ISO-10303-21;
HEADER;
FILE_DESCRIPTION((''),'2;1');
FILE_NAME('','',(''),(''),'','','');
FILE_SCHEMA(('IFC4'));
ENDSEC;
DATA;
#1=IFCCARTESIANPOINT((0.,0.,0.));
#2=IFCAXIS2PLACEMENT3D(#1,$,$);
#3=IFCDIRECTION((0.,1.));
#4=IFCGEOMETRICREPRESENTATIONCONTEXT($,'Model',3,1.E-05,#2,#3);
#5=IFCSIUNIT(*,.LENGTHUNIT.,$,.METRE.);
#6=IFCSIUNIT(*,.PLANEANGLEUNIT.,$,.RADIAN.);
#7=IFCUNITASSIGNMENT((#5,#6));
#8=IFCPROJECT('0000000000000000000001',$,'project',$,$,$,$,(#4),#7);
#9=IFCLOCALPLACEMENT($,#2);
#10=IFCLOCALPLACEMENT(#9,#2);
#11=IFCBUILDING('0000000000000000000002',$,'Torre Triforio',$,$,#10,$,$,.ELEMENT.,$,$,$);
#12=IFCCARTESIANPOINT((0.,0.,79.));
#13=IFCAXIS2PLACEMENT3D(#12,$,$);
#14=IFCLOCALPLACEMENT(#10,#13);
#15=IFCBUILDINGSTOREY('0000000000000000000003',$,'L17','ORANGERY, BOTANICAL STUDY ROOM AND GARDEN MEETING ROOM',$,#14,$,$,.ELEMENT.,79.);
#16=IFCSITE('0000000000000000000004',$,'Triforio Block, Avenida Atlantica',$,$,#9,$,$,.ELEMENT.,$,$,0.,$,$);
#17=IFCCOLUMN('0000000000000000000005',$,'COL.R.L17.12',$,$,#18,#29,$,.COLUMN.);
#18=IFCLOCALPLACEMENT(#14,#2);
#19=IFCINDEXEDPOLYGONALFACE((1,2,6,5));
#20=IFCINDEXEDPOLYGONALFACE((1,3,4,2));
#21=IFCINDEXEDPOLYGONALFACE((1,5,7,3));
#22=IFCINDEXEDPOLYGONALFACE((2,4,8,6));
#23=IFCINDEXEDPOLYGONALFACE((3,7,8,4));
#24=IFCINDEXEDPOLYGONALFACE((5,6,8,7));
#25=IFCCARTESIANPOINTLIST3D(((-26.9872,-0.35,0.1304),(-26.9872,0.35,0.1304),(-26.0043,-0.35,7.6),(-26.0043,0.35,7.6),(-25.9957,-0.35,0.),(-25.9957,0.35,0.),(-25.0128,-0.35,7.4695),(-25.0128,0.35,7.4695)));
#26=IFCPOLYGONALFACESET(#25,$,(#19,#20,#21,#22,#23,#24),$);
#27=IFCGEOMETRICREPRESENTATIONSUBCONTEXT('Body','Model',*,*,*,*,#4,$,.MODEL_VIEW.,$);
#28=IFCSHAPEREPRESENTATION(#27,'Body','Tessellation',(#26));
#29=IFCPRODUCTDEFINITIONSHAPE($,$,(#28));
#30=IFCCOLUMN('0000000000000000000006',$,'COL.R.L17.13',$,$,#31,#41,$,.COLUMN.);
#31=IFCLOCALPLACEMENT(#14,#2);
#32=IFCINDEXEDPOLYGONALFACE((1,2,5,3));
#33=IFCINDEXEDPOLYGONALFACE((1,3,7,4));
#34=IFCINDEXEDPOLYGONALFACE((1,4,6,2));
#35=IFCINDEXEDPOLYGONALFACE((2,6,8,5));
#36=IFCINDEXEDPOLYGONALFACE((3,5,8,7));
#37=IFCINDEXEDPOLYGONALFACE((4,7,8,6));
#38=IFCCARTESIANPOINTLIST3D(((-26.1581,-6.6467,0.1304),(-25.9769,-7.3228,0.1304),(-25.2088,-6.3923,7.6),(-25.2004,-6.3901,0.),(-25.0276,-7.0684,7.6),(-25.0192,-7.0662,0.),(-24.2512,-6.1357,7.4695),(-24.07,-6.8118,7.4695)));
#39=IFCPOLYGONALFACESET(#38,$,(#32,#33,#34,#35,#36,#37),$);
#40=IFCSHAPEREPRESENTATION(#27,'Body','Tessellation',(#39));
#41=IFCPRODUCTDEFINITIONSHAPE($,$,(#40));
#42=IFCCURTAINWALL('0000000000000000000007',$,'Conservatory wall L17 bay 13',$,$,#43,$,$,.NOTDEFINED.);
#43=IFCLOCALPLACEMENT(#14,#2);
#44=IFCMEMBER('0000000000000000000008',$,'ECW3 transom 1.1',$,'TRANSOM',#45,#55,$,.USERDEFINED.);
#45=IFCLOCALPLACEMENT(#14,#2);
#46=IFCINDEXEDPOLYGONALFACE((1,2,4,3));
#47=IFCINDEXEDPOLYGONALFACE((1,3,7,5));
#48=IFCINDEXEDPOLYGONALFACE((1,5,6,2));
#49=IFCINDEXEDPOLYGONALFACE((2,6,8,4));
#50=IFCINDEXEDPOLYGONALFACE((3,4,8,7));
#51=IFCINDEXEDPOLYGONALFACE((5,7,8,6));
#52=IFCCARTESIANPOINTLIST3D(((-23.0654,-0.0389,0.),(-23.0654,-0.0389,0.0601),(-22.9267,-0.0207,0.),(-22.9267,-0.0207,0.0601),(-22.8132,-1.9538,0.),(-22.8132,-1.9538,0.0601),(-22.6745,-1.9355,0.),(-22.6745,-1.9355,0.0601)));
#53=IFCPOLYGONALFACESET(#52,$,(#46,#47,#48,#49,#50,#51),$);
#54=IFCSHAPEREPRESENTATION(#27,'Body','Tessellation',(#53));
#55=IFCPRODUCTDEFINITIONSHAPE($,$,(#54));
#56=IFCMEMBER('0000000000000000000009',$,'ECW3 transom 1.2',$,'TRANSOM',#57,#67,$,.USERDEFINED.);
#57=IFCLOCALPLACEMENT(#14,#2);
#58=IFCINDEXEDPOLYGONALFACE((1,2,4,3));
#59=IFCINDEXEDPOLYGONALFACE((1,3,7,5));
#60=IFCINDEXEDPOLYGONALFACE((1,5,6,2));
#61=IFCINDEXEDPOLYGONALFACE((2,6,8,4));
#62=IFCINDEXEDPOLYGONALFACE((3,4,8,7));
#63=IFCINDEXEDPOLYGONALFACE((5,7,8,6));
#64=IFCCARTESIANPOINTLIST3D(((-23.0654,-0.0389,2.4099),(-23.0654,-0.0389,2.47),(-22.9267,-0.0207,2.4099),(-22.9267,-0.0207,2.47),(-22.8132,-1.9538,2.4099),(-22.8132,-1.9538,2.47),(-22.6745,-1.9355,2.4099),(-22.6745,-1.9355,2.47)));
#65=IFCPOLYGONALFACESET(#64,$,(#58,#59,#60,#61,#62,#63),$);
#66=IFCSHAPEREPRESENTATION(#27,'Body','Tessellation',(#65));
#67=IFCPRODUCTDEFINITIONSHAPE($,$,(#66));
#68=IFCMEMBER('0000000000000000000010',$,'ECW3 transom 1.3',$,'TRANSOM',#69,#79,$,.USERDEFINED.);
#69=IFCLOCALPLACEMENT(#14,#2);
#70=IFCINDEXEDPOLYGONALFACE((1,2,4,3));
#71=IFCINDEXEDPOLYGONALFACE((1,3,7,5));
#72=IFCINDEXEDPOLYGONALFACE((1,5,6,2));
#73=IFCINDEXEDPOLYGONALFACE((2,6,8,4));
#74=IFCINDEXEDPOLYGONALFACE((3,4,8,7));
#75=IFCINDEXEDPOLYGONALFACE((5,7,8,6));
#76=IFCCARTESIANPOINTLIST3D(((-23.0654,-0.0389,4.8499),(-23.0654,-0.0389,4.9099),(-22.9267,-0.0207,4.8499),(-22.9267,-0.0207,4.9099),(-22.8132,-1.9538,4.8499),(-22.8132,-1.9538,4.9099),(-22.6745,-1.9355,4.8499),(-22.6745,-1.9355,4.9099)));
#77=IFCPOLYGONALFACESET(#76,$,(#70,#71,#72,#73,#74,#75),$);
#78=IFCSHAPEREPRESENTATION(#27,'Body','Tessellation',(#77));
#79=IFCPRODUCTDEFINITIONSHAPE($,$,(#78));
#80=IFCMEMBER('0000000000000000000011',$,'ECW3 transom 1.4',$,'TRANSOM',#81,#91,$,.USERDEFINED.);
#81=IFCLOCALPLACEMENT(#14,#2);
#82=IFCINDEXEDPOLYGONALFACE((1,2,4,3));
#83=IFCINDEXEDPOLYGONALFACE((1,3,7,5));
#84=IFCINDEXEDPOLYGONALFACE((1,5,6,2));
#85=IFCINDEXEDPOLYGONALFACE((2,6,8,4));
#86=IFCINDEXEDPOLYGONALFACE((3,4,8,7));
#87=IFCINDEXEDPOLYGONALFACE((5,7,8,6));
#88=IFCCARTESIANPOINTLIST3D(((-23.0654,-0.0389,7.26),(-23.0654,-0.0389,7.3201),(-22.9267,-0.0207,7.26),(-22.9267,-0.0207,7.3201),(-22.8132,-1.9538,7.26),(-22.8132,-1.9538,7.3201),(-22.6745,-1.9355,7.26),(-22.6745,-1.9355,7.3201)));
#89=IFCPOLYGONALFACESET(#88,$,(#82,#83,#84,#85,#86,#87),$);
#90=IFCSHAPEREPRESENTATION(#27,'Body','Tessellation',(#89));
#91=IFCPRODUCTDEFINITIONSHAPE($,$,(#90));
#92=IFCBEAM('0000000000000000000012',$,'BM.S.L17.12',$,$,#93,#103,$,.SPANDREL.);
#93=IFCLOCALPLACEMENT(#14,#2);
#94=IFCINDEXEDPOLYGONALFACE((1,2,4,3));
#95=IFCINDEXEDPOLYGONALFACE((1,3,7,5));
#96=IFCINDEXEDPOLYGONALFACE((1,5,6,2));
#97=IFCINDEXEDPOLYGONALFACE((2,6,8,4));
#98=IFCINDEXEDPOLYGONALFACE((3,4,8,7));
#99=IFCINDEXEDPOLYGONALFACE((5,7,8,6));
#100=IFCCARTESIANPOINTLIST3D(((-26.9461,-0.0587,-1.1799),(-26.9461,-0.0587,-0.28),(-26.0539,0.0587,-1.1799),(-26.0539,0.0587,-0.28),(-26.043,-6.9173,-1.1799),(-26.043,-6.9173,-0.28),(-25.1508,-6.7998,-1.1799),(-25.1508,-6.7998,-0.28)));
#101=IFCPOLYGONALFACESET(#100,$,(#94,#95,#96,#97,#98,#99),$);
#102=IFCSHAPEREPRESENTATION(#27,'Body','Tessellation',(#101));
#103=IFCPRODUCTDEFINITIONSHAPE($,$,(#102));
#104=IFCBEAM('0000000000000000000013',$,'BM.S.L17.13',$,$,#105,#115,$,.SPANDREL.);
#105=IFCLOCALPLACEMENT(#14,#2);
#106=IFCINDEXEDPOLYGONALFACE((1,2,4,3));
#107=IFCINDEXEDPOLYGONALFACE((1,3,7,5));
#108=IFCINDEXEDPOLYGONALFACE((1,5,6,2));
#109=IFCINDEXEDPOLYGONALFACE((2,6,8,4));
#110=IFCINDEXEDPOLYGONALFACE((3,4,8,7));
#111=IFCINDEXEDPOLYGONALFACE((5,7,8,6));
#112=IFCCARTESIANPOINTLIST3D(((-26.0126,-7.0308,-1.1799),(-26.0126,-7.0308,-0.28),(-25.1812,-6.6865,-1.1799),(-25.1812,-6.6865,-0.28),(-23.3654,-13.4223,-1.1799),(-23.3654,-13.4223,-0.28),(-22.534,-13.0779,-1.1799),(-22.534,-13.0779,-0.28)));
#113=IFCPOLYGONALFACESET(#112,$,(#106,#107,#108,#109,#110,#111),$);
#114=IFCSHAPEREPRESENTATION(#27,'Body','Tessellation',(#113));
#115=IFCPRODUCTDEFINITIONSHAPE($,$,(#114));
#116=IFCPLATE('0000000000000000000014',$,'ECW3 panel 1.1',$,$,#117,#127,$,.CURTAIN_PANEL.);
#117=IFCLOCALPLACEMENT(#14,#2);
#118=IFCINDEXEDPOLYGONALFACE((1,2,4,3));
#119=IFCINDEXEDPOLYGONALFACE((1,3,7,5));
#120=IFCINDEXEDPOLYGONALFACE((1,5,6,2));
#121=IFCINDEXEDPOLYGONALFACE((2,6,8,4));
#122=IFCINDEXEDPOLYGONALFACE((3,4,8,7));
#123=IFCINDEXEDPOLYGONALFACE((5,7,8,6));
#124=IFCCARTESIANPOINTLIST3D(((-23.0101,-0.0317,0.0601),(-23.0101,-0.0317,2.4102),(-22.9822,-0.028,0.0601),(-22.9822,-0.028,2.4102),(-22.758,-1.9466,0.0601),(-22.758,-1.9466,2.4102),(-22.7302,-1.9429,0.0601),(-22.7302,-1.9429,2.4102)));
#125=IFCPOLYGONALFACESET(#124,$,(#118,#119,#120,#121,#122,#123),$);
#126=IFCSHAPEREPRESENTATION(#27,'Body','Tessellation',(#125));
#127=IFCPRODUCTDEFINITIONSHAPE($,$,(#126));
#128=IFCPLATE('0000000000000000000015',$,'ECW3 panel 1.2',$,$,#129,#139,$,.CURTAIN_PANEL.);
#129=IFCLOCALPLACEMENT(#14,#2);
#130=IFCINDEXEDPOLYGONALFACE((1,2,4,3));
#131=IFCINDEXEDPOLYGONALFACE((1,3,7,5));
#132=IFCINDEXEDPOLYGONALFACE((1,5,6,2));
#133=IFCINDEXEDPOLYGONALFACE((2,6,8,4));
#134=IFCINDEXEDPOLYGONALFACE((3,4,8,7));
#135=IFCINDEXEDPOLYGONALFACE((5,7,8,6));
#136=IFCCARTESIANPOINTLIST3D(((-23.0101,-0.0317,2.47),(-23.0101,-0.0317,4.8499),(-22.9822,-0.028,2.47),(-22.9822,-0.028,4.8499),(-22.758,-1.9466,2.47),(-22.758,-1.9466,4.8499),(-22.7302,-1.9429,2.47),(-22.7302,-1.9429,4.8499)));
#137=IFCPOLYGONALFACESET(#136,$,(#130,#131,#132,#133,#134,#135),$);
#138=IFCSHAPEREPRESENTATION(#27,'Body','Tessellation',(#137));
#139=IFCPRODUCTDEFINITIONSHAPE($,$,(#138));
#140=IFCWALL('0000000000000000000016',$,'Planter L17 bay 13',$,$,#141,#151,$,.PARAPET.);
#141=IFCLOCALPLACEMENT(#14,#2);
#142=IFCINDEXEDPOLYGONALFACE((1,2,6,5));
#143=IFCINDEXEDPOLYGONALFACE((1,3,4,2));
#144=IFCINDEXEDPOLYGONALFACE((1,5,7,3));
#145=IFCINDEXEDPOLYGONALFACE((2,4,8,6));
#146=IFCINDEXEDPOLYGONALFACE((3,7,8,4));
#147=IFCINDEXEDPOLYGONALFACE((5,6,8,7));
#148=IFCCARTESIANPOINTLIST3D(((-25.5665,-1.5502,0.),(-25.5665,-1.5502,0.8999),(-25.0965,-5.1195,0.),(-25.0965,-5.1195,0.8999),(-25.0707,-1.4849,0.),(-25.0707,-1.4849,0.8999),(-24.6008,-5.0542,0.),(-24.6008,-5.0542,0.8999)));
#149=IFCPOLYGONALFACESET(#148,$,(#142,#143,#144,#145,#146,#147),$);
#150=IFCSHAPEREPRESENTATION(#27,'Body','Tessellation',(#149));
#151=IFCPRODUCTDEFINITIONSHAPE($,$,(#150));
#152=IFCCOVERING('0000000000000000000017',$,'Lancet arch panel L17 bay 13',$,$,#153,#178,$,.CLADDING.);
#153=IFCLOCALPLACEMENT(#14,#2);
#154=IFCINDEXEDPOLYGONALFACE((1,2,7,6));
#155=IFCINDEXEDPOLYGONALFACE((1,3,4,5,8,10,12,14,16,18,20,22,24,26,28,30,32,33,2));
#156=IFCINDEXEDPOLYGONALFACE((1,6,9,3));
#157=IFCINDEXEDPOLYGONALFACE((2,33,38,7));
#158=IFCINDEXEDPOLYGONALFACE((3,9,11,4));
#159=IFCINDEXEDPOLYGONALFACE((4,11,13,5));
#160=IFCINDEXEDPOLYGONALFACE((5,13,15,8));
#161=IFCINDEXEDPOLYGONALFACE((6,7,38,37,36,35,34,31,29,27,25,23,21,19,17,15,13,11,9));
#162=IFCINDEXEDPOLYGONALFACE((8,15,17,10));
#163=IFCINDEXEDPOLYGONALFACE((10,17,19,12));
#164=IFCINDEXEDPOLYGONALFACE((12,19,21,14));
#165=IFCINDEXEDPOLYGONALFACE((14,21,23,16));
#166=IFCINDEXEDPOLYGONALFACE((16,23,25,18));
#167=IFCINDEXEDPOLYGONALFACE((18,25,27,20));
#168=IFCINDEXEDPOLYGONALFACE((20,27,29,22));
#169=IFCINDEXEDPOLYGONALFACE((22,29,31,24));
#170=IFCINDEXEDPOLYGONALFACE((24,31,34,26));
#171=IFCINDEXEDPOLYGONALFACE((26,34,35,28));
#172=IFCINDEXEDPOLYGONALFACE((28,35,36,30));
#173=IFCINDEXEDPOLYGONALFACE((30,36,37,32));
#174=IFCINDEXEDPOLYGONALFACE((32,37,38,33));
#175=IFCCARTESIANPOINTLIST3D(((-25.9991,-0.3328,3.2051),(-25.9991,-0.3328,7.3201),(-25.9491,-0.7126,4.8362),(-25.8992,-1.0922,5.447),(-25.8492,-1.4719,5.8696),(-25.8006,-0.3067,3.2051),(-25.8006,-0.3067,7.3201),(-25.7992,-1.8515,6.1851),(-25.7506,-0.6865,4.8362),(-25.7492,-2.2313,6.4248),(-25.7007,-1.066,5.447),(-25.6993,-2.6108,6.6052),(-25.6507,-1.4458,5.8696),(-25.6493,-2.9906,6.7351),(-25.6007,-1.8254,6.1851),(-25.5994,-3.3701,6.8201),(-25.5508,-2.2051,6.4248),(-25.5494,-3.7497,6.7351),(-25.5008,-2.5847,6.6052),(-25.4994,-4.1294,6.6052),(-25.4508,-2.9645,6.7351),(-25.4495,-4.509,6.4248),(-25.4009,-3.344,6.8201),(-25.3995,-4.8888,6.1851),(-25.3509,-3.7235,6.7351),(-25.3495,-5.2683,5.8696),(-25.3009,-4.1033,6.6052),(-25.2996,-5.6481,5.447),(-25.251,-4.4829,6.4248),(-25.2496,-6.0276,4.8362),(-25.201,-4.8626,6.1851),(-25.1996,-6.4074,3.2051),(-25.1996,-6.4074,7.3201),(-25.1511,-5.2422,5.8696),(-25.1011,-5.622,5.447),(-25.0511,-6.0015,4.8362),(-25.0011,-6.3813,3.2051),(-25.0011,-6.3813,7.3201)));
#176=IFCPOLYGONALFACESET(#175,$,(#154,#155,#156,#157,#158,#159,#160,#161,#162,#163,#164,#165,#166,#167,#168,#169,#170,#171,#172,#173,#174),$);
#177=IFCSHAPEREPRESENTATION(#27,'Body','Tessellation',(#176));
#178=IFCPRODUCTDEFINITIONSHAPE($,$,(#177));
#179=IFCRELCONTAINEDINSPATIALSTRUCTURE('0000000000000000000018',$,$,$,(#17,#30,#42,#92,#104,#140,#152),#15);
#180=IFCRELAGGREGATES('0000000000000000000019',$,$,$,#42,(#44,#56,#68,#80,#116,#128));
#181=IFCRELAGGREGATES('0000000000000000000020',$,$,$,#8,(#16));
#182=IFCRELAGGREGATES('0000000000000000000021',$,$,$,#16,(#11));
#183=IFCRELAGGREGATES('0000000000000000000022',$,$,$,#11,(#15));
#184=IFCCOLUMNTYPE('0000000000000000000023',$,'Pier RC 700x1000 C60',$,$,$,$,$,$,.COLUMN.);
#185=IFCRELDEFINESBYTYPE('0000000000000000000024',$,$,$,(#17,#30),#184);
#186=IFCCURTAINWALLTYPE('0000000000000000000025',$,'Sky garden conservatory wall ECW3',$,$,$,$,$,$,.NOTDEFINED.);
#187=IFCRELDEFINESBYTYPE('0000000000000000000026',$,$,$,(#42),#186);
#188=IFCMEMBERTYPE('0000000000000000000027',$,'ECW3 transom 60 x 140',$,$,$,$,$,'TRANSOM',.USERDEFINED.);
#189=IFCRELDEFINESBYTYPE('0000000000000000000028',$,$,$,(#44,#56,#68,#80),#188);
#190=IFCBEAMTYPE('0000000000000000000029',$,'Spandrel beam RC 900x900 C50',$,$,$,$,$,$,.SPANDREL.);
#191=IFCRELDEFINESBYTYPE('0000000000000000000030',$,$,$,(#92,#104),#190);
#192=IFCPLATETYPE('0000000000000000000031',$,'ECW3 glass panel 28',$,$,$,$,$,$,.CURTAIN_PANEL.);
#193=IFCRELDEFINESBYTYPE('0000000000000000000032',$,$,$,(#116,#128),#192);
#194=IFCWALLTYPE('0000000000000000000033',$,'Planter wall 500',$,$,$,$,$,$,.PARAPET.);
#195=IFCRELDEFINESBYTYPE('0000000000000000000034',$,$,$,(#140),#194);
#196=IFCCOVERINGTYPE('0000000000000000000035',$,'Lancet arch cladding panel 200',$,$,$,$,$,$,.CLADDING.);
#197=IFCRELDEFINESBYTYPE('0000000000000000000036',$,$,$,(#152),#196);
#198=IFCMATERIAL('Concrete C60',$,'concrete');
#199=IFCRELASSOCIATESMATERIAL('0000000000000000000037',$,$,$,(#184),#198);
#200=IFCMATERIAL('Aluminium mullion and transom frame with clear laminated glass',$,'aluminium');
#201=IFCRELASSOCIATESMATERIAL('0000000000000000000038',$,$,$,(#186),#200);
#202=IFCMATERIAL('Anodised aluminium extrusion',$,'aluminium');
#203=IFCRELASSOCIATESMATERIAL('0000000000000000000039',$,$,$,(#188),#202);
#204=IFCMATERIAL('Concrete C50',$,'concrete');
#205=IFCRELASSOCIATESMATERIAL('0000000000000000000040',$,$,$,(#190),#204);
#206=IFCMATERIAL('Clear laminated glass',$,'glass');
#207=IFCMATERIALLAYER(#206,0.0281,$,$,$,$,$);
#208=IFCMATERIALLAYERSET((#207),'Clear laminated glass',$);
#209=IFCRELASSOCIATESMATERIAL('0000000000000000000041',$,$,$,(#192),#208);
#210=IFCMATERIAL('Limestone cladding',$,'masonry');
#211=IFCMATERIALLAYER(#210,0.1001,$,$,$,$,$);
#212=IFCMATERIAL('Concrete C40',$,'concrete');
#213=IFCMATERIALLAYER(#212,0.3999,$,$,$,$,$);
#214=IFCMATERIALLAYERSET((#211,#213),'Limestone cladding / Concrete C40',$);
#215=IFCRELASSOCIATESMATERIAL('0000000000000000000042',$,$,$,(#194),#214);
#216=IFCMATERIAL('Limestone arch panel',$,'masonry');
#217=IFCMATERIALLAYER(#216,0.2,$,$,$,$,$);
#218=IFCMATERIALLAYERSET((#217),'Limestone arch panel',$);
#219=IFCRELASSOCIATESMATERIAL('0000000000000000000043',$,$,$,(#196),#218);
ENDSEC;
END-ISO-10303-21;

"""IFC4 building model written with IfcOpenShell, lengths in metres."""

from ifc_helpers import new_model, si_unit, direction, frame, frame_2d, origin, origin_2d, place, context, subcontext, project, spatial, polyline, rectangle, outline, extrude, material, layer, layer_set, material_profile, profile_set, type_object, element, aggregate, save


model = new_model("IFC4")

# Units and contexts
model_context = context("Model", 3, precision=1e-05, world=origin(), true_north=direction((0.0, 1.0)))
body_context = subcontext(model_context, "Body", "Model", "MODEL_VIEW")
ifc_project = project(units=[si_unit("LENGTHUNIT", "METRE"), si_unit("PLANEANGLEUNIT", "RADIAN")], contexts=[model_context])

# Site, building, storey
site_placement = place(None, origin())
site = spatial("IfcSite", under=ifc_project, at=site_placement, Name="Triforio Block, Avenida Atlantica", CompositionType="ELEMENT", RefElevation=0.0)
building_placement = place(site_placement, origin())
building = spatial("IfcBuilding", under=site, at=building_placement, Name="Torre Triforio", CompositionType="ELEMENT")
storey_placement = place(building_placement, frame((0.0, 0.0, 79.0)))
storey = spatial("IfcBuildingStorey", under=building, at=storey_placement, Name="L17", Description="ORANGERY, BOTANICAL STUDY ROOM AND GARDEN MEETING ROOM", CompositionType="ELEMENT", Elevation=79.0)

# Columns
ifc_material_1 = material(Name="Concrete C60", Category="concrete")
ifc_material_profile_1 = material_profile(ifc_material_1, rectangle(XDim=0.7, YDim=1.0, at=origin_2d()), Name="RC 700x1000")
ifc_profile_set_1 = profile_set([ifc_material_profile_1], Name="Concrete C60")
column_type = type_object("IfcColumnType", Name="Pier RC 700x1000 C60", PredefinedType="COLUMN", material=ifc_profile_set_1)
for number, where, z_axis, x_axis, name in (
    (1, (-26.4915, 0.0, 0.0652), (0.130465, 0.0, 0.991453), (0.0, 1.0, 0.0), "COL.R.L17.12"),
    (2, (-25.5886, -6.8564, 0.0652), (0.125994, 0.033767, 0.991456), (-0.258869, 0.965913, 0.0), "COL.R.L17.13"),
):
    element("IfcColumn", number, at=place(storey_placement, frame(where, z_axis=z_axis, x_axis=x_axis)), inside=storey, type_object=column_type, Name=name, PredefinedType="COLUMN", context=body_context, shape_type="SweptSolid", body=[
        extrude(rectangle(XDim=0.7, YDim=1.0, at=origin_2d()), origin(), (0.0, 0.0, 1.0), 7.5339),
    ])

# Curtain wall, members
ifc_material_2 = material(Name="Aluminium mullion and transom frame with clear laminated glass", Category="aluminium")
curtain_wall_type = type_object("IfcCurtainWallType", Name="Sky garden conservatory wall ECW3", PredefinedType="NOTDEFINED", material=ifc_material_2)
curtain_wall_placement = place(storey_placement, origin())
curtain_wall = element("IfcCurtainWall", 3, at=curtain_wall_placement, inside=storey, type_object=curtain_wall_type, Name="Conservatory wall L17 bay 13", PredefinedType="NOTDEFINED")
ifc_material_3 = material(Name="Anodised aluminium extrusion", Category="aluminium")
ifc_material_profile_2 = material_profile(ifc_material_3, rectangle(XDim=0.1399, YDim=0.0601, at=origin_2d()), Name="ECW3 TRANSOM 60x140")
ifc_profile_set_2 = profile_set([ifc_material_profile_2], Name="Anodised aluminium extrusion")
member_type = type_object("IfcMemberType", Name="ECW3 transom 60 x 140", ElementType="TRANSOM", PredefinedType="USERDEFINED", material=ifc_profile_set_2)
member_1_placement = place(storey_placement, frame((-22.9961, -0.0298, 0.03), z_axis=(0.130582, -0.991438, 0.0), x_axis=(0.991438, 0.130582, 0.0)))
member_1 = element("IfcMember", 4, at=member_1_placement, type_object=member_type, Name="ECW3 transom 1.1", ObjectType="TRANSOM", PredefinedType="USERDEFINED", context=body_context, shape_type="SweptSolid", body=[
    extrude(rectangle(XDim=0.1399, YDim=0.0601, at=origin_2d()), origin(), (0.0, 0.0, 1.0), 1.9314),
])
member_2_placement = place(storey_placement, frame((-22.9961, -0.0298, 2.4399), z_axis=(0.130582, -0.991438, 0.0), x_axis=(0.991438, 0.130582, 0.0)))
member_2 = element("IfcMember", 5, at=member_2_placement, type_object=member_type, Name="ECW3 transom 1.2", ObjectType="TRANSOM", PredefinedType="USERDEFINED", context=body_context, shape_type="SweptSolid", body=[
    extrude(rectangle(XDim=0.1399, YDim=0.0601, at=origin_2d()), origin(), (0.0, 0.0, 1.0), 1.9314),
])
member_3_placement = place(storey_placement, frame((-22.9961, -0.0298, 4.8799), z_axis=(0.130582, -0.991438, 0.0), x_axis=(0.991438, 0.130582, 0.0)))
member_3 = element("IfcMember", 6, at=member_3_placement, type_object=member_type, Name="ECW3 transom 1.3", ObjectType="TRANSOM", PredefinedType="USERDEFINED", context=body_context, shape_type="SweptSolid", body=[
    extrude(rectangle(XDim=0.1399, YDim=0.0601, at=origin_2d()), origin(), (0.0, 0.0, 1.0), 1.9314),
])
member_4_placement = place(storey_placement, frame((-22.9961, -0.0298, 7.29), z_axis=(0.130582, -0.991438, 0.0), x_axis=(0.991438, 0.130582, 0.0)))
member_4 = element("IfcMember", 7, at=member_4_placement, type_object=member_type, Name="ECW3 transom 1.4", ObjectType="TRANSOM", PredefinedType="USERDEFINED", context=body_context, shape_type="SweptSolid", body=[
    extrude(rectangle(XDim=0.1399, YDim=0.0601, at=origin_2d()), origin(), (0.0, 0.0, 1.0), 1.9314),
])

# Beams
ifc_material_4 = material(Name="Concrete C50", Category="concrete")
ifc_material_profile_3 = material_profile(ifc_material_4, rectangle(XDim=0.8999, YDim=0.8999, at=origin_2d()), Name="RC 900x900")
ifc_profile_set_3 = profile_set([ifc_material_profile_3], Name="Concrete C50")
beam_type = type_object("IfcBeamType", Name="Spandrel beam RC 900x900 C50", PredefinedType="SPANDREL", material=ifc_profile_set_3)
beam_1_placement = place(storey_placement, frame((-26.5, 0.0, -0.73), z_axis=(0.130543, -0.991443, 0.0), x_axis=(0.991443, 0.130543, 0.0)))
element("IfcBeam", 8, at=beam_1_placement, inside=storey, type_object=beam_type, Name="BM.S.L17.12", PredefinedType="SPANDREL", context=body_context, shape_type="SweptSolid", body=[
    extrude(rectangle(XDim=0.8999, YDim=0.8999, at=origin_2d()), origin(), (0.0, 0.0, 1.0), 6.9177),
])
beam_2_placement = place(storey_placement, frame((-25.5969, -6.8586, -0.73), z_axis=(0.382662, -0.923888, 0.0), x_axis=(0.923888, 0.382662, 0.0)))
element("IfcBeam", 9, at=beam_2_placement, inside=storey, type_object=beam_type, Name="BM.S.L17.13", PredefinedType="SPANDREL", context=body_context, shape_type="SweptSolid", body=[
    extrude(rectangle(XDim=0.8999, YDim=0.8999, at=origin_2d()), origin(), (0.0, 0.0, 1.0), 6.918),
])

# Plates
ifc_material_5 = material(Name="Clear laminated glass", Category="glass")
ifc_layer_1 = layer(ifc_material_5, 0.0281)
ifc_layer_set_1 = layer_set([ifc_layer_1], Name="Clear laminated glass")
plate_type = type_object("IfcPlateType", Name="ECW3 glass panel 28", PredefinedType="CURTAIN_PANEL", material=ifc_layer_set_1)
plate_1_placement = place(storey_placement, frame((-22.8701, -0.9873, 0.0601), z_axis=(0.0, 0.0, 1.0), x_axis=(0.130521, -0.991446, 0.0)))
plate_1 = element("IfcPlate", 10, at=plate_1_placement, type_object=plate_type, Name="ECW3 panel 1.1", PredefinedType="CURTAIN_PANEL", context=body_context, shape_type="SweptSolid", body=[
    extrude(rectangle(XDim=1.9314, YDim=0.0281, at=origin_2d()), origin(), (0.0, 0.0, 1.0), 2.3501),
])
plate_2_placement = place(storey_placement, frame((-22.8701, -0.9873, 2.47), z_axis=(0.0, 0.0, 1.0), x_axis=(0.130521, -0.991446, 0.0)))
plate_2 = element("IfcPlate", 11, at=plate_2_placement, type_object=plate_type, Name="ECW3 panel 1.2", PredefinedType="CURTAIN_PANEL", context=body_context, shape_type="SweptSolid", body=[
    extrude(rectangle(XDim=1.9314, YDim=0.0281, at=origin_2d()), origin(), (0.0, 0.0, 1.0), 2.3799),
])
aggregate(curtain_wall, [member_1, member_2, member_3, member_4, plate_1, plate_2])

# Wall
ifc_material_6 = material(Name="Limestone cladding", Category="masonry")
ifc_layer_2 = layer(ifc_material_6, 0.1001)
ifc_material_7 = material(Name="Concrete C40", Category="concrete")
ifc_layer_3 = layer(ifc_material_7, 0.3999)
ifc_layer_set_2 = layer_set([ifc_layer_2, ifc_layer_3], Name="Limestone cladding / Concrete C40")
wall_type = type_object("IfcWallType", Name="Planter wall 500", PredefinedType="PARAPET", material=ifc_layer_set_2)
wall_placement = place(storey_placement, frame((-25.3186, -1.5176, 0.0), z_axis=(0.0, 0.0, 1.0), x_axis=(0.130542, -0.991443, 0.0)))
element("IfcWall", 12, at=wall_placement, inside=storey, type_object=wall_type, Name="Planter L17 bay 13", PredefinedType="PARAPET", context=body_context, shape_type="SweptSolid", body=[
    extrude(rectangle(XDim=3.6001, YDim=0.5, at=frame_2d((1.8, 0.0))), origin(), (0.0, 0.0, 1.0), 0.8999),
])

# Covering
ifc_material_8 = material(Name="Limestone arch panel", Category="masonry")
ifc_layer_4 = layer(ifc_material_8, 0.2)
ifc_layer_set_3 = layer_set([ifc_layer_4], Name="Limestone arch panel")
covering_type_1 = type_object("IfcCoveringType", Name="Lancet arch cladding panel 200", PredefinedType="CLADDING", material=ifc_layer_set_3)
for number, where, z_axis, x_axis, name in (
    (13, (-25.4009, -3.344, 0.0), (-0.99145, -0.130486, 0.0), (0.130486, -0.99145, 0.0), "Lancet arch panel L17 bay 13"),
):
    element("IfcCovering", number, at=place(storey_placement, frame(where, z_axis=z_axis, x_axis=x_axis)), inside=storey, type_object=covering_type_1, Name=name, PredefinedType="CLADDING", context=body_context, shape_type="SweptSolid", body=[
        extrude(outline(polyline([(-3.0635, 7.3201), (-3.0635, 3.2051), (-2.6804, 4.8362), (-2.2976, 5.447), (-1.9146, 5.8696), (-1.5317, 6.1851), (-1.1487, 6.4248), (-0.7659, 6.6052), (-0.3828, 6.7351), (0.0, 6.8201), (0.3828, 6.7351), (0.7659, 6.6052), (1.1487, 6.4248), (1.5317, 6.1851), (1.9146, 5.8696), (2.2976, 5.447), (2.6804, 4.8362), (3.0635, 3.2051), (3.0635, 7.3201), (-3.0635, 7.3201)])), origin(), (0.0, 0.0, 1.0), 0.2002),
    ])

save(model, "model.ifc")
